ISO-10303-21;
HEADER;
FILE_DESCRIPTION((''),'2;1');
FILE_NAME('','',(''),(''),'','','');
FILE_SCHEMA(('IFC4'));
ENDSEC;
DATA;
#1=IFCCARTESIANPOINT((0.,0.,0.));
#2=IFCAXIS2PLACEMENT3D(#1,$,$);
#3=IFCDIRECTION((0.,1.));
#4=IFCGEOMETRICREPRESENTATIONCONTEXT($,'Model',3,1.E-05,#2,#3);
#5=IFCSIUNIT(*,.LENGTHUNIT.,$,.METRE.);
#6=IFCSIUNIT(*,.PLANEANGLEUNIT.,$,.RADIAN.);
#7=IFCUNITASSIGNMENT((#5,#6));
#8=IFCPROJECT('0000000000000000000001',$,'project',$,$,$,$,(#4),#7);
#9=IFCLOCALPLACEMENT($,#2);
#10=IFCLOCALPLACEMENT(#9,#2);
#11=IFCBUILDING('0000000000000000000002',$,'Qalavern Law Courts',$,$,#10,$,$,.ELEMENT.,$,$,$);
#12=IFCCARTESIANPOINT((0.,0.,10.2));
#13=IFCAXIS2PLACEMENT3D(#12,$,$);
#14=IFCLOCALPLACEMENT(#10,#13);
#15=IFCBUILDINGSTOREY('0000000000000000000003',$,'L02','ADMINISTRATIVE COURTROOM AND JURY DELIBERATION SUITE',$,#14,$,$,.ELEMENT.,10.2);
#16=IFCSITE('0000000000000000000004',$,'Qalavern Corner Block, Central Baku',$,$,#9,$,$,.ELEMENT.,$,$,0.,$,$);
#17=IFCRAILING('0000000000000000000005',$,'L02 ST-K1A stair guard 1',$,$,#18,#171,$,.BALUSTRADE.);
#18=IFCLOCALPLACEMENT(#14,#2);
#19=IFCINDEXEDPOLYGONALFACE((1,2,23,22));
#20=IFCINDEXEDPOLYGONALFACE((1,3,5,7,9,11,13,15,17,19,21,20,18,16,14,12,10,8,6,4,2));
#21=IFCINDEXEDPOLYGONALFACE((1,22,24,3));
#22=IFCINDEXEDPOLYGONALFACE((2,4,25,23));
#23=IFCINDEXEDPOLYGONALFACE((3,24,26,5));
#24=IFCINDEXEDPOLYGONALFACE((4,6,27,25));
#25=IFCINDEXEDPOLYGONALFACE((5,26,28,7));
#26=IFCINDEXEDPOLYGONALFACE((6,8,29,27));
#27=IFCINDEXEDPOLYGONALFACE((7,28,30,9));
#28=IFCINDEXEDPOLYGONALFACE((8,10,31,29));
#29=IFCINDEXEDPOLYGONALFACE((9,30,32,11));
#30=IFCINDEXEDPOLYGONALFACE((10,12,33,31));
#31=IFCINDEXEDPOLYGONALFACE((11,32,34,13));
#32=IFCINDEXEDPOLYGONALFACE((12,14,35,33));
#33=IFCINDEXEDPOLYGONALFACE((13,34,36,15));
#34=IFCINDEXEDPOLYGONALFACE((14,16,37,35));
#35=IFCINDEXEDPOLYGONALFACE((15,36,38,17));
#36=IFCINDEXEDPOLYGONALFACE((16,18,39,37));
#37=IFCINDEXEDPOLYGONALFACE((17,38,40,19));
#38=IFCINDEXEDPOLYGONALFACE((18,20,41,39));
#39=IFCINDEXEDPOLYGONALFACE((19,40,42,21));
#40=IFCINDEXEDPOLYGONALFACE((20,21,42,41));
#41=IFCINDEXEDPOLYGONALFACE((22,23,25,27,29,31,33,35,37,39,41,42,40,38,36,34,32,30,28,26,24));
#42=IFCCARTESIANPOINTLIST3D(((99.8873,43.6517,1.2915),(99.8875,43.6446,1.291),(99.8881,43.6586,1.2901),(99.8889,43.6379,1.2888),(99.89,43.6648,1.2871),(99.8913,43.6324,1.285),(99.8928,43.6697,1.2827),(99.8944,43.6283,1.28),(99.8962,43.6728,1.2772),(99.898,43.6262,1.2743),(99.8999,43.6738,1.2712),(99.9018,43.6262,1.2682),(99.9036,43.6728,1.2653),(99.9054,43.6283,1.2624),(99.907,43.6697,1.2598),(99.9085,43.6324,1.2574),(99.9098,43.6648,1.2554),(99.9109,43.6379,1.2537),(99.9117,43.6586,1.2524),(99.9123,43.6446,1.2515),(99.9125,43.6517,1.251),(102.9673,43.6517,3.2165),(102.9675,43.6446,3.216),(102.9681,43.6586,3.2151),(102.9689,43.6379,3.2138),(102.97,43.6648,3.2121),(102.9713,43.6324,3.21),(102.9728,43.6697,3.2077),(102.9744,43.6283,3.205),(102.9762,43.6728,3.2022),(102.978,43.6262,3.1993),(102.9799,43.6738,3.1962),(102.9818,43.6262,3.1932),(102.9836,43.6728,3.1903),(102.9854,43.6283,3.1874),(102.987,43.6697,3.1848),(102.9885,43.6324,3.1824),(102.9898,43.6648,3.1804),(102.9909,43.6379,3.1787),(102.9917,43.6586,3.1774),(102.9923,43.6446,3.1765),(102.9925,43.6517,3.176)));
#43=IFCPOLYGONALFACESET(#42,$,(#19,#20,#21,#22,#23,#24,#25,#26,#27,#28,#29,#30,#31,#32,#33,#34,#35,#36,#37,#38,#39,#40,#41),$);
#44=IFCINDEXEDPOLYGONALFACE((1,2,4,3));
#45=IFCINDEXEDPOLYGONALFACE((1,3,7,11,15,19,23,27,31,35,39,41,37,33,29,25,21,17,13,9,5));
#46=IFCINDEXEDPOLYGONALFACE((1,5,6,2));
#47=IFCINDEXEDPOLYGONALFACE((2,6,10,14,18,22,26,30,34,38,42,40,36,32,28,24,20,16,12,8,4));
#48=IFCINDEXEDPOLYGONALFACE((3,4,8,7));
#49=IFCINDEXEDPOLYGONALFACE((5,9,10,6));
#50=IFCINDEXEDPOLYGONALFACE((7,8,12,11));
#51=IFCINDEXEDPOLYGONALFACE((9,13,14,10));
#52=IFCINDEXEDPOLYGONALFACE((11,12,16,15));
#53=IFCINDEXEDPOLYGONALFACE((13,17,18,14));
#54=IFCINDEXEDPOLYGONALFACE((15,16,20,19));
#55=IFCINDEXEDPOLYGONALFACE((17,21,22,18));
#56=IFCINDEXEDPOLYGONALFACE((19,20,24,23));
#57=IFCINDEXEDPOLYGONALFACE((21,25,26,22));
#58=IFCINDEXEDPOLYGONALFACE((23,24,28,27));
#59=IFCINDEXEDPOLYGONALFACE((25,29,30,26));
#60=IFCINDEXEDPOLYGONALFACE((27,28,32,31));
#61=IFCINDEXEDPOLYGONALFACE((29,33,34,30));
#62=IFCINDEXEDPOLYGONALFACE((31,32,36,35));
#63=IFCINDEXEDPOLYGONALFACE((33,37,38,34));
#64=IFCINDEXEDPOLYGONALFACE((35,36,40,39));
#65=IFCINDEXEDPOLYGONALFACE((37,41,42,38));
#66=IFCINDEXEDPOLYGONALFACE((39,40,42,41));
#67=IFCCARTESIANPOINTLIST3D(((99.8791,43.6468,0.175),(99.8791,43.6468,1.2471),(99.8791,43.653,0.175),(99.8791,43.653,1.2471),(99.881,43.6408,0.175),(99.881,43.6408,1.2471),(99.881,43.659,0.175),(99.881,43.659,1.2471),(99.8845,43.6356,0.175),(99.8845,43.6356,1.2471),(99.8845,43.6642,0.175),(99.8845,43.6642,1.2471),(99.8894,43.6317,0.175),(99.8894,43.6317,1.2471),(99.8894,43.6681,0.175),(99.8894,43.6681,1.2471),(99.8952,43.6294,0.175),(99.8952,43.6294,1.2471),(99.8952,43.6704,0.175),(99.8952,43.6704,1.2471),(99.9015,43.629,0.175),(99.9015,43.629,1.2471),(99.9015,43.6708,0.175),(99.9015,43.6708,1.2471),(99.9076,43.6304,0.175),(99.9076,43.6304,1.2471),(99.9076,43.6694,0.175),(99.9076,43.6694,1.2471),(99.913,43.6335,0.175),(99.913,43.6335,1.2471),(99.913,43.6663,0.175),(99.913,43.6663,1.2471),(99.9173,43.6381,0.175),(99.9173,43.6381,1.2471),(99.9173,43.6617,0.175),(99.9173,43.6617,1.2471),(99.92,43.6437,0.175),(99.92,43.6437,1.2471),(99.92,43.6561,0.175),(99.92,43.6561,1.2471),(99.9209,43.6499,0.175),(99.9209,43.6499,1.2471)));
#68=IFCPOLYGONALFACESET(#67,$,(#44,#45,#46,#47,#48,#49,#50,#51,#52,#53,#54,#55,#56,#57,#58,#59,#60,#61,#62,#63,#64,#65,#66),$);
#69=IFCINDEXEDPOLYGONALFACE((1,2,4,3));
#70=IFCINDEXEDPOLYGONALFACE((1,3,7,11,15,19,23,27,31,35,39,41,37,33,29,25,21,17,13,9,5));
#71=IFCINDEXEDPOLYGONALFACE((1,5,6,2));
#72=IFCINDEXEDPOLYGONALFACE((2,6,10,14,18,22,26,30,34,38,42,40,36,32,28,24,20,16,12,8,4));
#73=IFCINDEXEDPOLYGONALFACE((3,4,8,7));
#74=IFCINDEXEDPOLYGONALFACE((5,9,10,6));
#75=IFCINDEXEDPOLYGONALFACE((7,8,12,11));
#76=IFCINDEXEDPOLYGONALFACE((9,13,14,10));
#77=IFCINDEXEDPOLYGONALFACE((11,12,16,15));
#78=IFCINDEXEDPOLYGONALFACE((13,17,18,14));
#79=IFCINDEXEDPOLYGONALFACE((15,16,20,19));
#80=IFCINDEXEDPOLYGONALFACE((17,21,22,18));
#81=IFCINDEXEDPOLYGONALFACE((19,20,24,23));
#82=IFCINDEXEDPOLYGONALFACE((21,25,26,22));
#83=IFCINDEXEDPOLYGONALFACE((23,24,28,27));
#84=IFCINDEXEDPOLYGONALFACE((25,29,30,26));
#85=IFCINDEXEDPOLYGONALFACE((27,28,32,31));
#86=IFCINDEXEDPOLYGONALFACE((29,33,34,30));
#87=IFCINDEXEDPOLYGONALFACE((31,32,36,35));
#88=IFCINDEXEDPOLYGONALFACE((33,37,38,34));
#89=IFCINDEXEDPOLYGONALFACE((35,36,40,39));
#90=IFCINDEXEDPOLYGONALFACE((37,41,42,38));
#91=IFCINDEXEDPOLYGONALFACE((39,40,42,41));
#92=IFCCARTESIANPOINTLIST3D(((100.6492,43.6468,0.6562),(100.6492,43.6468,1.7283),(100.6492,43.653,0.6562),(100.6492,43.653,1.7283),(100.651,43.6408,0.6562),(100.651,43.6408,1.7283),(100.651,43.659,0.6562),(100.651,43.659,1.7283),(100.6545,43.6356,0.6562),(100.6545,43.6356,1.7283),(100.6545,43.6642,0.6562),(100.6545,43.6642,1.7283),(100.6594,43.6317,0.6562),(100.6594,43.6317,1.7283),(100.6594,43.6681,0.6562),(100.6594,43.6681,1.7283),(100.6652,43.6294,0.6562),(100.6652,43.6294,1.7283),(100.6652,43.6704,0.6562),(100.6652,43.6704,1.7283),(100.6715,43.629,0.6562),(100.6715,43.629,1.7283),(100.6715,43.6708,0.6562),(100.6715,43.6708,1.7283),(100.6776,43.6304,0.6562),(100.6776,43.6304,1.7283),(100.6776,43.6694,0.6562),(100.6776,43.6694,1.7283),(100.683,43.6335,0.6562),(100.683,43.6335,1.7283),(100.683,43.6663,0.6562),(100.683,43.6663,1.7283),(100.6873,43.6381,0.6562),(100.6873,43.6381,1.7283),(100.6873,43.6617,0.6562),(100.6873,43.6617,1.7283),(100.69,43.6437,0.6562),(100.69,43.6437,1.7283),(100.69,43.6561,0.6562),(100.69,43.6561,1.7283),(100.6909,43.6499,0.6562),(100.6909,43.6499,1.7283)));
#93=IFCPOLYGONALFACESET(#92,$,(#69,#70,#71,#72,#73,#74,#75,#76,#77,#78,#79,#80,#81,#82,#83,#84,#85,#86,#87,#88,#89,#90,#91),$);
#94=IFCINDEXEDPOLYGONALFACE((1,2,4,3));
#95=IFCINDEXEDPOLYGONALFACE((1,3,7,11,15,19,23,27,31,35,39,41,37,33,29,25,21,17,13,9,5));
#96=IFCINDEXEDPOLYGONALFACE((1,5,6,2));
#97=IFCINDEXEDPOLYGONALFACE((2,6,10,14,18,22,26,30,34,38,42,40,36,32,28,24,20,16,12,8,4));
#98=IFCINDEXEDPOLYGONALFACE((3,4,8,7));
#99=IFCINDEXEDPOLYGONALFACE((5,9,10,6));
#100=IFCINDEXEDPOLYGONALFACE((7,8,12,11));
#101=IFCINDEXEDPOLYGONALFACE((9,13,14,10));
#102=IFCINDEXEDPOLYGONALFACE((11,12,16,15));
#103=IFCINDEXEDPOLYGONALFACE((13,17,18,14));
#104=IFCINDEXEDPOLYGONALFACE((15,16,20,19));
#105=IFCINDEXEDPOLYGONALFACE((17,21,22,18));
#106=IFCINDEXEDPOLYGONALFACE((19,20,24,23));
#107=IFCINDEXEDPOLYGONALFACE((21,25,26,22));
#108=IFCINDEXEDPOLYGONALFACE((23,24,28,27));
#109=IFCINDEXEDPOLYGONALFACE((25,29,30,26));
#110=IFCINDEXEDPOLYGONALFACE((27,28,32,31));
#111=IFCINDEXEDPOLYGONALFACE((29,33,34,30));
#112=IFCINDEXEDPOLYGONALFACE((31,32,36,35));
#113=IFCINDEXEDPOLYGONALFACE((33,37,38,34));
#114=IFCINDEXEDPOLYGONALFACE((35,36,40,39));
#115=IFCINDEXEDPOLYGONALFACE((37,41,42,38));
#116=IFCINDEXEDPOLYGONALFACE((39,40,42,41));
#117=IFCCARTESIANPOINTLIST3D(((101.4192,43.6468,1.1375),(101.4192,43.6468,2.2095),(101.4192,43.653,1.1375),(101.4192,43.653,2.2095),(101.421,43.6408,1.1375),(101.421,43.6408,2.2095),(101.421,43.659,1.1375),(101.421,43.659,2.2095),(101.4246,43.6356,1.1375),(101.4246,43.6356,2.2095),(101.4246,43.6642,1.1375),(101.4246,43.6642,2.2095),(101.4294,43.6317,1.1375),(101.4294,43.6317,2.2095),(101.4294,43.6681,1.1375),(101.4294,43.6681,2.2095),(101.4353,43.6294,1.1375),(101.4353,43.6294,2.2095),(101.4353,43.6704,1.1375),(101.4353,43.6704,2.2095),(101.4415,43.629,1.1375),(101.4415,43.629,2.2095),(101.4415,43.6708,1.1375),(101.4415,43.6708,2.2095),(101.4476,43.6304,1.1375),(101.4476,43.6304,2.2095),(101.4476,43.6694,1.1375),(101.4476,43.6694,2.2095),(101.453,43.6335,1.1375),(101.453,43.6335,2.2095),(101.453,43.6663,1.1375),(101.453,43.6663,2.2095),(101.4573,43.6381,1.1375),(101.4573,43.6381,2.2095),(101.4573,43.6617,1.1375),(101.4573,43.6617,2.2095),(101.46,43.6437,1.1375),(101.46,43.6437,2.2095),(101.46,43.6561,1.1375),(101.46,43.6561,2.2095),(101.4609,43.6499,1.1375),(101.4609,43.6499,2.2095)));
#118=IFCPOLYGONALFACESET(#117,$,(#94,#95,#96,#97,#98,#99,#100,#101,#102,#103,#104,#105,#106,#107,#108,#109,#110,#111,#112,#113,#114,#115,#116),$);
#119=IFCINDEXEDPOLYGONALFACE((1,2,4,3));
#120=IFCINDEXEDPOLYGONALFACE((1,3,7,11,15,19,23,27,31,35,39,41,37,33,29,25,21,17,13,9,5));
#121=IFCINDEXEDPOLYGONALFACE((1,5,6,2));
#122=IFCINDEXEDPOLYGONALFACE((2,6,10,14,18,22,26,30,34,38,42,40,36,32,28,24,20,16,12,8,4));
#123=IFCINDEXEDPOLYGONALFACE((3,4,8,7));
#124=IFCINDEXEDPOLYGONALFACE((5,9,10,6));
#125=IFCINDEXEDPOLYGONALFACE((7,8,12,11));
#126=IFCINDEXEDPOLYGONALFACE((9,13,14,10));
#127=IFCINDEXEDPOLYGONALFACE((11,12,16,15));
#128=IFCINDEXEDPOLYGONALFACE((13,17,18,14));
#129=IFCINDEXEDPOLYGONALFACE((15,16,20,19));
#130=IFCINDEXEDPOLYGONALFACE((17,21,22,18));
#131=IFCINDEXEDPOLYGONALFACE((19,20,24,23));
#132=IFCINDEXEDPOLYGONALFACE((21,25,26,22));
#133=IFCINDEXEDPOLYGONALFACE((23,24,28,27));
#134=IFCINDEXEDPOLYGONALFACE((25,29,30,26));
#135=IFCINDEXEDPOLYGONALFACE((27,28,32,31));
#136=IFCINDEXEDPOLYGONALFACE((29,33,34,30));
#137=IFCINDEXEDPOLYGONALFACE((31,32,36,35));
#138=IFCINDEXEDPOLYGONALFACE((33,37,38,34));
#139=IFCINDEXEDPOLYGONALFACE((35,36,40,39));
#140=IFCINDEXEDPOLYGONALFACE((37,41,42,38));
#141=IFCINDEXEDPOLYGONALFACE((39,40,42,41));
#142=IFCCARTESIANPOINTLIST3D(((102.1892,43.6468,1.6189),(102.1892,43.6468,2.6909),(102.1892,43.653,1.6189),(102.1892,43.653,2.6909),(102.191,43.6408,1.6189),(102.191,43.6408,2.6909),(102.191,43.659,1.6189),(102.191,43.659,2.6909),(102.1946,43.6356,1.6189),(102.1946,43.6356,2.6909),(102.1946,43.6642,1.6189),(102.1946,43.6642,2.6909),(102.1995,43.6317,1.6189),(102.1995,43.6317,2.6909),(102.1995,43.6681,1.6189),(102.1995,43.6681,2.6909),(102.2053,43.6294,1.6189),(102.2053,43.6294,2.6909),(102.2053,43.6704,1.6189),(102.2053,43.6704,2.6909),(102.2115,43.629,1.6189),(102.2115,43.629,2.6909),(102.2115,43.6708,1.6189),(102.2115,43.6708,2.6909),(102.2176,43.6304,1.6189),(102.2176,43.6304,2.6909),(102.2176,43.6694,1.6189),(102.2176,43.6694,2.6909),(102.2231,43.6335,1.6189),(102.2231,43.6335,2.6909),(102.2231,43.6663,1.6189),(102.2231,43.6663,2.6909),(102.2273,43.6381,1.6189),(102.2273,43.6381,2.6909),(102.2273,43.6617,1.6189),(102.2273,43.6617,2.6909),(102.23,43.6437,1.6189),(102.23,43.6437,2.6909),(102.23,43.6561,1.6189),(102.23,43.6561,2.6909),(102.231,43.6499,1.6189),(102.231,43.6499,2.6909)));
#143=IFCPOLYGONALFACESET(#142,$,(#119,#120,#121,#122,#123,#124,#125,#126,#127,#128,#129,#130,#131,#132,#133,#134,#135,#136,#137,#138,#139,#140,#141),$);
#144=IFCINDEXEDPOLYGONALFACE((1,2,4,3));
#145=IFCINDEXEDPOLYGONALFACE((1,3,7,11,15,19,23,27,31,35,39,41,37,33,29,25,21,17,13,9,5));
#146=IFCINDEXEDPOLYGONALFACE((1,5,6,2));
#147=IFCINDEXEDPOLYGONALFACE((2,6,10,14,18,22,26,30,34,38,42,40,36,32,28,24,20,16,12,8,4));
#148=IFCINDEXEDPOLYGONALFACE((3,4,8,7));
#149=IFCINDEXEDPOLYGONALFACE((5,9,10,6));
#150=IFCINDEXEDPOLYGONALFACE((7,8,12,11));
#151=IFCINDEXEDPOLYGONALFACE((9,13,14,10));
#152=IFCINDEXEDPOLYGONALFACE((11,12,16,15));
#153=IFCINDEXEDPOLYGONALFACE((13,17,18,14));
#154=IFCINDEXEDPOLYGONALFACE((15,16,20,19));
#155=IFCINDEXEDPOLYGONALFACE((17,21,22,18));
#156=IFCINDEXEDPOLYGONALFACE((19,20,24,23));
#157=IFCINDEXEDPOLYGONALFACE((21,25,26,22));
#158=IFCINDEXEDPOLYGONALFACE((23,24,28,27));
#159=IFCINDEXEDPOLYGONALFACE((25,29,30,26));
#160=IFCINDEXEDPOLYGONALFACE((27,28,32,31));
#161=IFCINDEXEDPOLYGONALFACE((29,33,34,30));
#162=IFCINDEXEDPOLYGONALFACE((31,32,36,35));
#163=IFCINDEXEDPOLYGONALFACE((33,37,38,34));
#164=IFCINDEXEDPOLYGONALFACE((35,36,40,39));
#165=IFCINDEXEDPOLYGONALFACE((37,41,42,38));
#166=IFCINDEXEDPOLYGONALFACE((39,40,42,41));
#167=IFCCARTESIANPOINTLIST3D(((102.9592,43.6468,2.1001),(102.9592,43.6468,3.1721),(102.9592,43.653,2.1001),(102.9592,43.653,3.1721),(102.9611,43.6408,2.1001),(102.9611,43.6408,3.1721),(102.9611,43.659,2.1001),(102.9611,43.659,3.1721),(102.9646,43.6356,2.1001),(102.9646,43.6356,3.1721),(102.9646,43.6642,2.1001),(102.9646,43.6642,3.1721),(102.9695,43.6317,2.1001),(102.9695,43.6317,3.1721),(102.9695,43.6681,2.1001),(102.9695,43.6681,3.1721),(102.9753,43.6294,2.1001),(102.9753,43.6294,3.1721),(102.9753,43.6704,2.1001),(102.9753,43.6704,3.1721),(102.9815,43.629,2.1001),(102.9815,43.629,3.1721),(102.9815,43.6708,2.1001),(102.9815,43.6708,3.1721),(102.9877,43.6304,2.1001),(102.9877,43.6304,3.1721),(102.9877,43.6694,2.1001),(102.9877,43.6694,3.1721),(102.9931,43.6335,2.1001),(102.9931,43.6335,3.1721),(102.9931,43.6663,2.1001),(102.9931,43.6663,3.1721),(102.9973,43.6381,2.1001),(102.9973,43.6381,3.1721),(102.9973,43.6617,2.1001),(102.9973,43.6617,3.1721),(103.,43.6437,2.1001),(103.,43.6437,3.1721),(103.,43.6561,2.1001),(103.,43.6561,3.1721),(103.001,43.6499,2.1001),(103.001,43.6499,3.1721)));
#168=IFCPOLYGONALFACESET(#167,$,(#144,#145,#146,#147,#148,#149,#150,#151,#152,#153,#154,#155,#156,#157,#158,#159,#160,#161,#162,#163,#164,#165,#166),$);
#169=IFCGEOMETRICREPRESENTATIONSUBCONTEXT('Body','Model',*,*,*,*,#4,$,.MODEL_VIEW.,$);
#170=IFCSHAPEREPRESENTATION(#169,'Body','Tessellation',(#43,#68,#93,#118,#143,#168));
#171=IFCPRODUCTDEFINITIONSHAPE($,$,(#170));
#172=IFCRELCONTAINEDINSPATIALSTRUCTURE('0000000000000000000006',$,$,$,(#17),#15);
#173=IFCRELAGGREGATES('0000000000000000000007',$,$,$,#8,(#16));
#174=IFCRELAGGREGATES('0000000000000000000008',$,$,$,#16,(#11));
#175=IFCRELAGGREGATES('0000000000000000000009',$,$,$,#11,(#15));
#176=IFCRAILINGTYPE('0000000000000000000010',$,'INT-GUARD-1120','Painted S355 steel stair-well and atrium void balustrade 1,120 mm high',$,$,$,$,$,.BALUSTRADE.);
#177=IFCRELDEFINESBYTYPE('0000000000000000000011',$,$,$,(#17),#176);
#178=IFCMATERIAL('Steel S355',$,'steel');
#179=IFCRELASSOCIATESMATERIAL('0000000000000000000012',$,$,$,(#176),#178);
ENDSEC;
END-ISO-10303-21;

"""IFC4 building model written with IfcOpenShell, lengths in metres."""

from ifc_helpers import new_model, si_unit, direction, frame, origin, origin_2d, place, context, subcontext, project, spatial, circle, extrude, material, type_object, element, save


model = new_model("IFC4")

# Units and contexts
model_context = context("Model", 3, precision=1e-05, world=origin(), true_north=direction((0.0, 1.0)))
body_context = subcontext(model_context, "Body", "Model", "MODEL_VIEW")
ifc_project = project(units=[si_unit("LENGTHUNIT", "METRE"), si_unit("PLANEANGLEUNIT", "RADIAN")], contexts=[model_context])

# Site, building, storey
site_placement = place(None, origin())
site = spatial("IfcSite", under=ifc_project, at=site_placement, Name="Qalavern Corner Block, Central Baku", CompositionType="ELEMENT", RefElevation=0.0)
building_placement = place(site_placement, origin())
building = spatial("IfcBuilding", under=site, at=building_placement, Name="Qalavern Law Courts", CompositionType="ELEMENT")
storey_placement = place(building_placement, frame((0.0, 0.0, 10.2)))
storey = spatial("IfcBuildingStorey", under=building, at=storey_placement, Name="L02", Description="ADMINISTRATIVE COURTROOM AND JURY DELIBERATION SUITE", CompositionType="ELEMENT", Elevation=10.2)

# Railing
ifc_material_1 = material(Name="Steel S355", Category="steel")
railing_type_1 = type_object("IfcRailingType", Name="INT-GUARD-1120", Description="Painted S355 steel stair-well and atrium void balustrade 1,120 mm high", PredefinedType="BALUSTRADE", material=ifc_material_1)
railing_1_placement = place(storey_placement, frame((99.8999, 43.6499, 0.175)))
element("IfcRailing", 1, at=railing_1_placement, inside=storey, type_object=railing_type_1, Name="L02 ST-K1A stair guard 1", PredefinedType="BALUSTRADE", context=body_context, shape_type="SweptSolid", body=[
    extrude(circle(Radius=0.0239, at=origin_2d()), frame((0.0, 0.0, 1.0962), z_axis=(0.847998, 0.0, 0.529999), x_axis=(0.0, 1.0, 0.0)), (0.0, 0.0, 1.0), 3.6321),
    extrude(circle(Radius=0.021, at=origin_2d()), origin(), (0.0, 0.0, 1.0), 1.072),
    extrude(circle(Radius=0.021, at=origin_2d()), frame((0.77, 0.0, 0.4812)), (0.0, 0.0, 1.0), 1.072),
    extrude(circle(Radius=0.021, at=origin_2d()), frame((1.54, 0.0, 0.9624)), (0.0, 0.0, 1.0), 1.072),
    extrude(circle(Radius=0.021, at=origin_2d()), frame((2.3101, 0.0, 1.4438)), (0.0, 0.0, 1.0), 1.072),
    extrude(circle(Radius=0.021, at=origin_2d()), frame((3.0801, 0.0, 1.925)), (0.0, 0.0, 1.0), 1.072),
])

save(model, "model.ifc")
